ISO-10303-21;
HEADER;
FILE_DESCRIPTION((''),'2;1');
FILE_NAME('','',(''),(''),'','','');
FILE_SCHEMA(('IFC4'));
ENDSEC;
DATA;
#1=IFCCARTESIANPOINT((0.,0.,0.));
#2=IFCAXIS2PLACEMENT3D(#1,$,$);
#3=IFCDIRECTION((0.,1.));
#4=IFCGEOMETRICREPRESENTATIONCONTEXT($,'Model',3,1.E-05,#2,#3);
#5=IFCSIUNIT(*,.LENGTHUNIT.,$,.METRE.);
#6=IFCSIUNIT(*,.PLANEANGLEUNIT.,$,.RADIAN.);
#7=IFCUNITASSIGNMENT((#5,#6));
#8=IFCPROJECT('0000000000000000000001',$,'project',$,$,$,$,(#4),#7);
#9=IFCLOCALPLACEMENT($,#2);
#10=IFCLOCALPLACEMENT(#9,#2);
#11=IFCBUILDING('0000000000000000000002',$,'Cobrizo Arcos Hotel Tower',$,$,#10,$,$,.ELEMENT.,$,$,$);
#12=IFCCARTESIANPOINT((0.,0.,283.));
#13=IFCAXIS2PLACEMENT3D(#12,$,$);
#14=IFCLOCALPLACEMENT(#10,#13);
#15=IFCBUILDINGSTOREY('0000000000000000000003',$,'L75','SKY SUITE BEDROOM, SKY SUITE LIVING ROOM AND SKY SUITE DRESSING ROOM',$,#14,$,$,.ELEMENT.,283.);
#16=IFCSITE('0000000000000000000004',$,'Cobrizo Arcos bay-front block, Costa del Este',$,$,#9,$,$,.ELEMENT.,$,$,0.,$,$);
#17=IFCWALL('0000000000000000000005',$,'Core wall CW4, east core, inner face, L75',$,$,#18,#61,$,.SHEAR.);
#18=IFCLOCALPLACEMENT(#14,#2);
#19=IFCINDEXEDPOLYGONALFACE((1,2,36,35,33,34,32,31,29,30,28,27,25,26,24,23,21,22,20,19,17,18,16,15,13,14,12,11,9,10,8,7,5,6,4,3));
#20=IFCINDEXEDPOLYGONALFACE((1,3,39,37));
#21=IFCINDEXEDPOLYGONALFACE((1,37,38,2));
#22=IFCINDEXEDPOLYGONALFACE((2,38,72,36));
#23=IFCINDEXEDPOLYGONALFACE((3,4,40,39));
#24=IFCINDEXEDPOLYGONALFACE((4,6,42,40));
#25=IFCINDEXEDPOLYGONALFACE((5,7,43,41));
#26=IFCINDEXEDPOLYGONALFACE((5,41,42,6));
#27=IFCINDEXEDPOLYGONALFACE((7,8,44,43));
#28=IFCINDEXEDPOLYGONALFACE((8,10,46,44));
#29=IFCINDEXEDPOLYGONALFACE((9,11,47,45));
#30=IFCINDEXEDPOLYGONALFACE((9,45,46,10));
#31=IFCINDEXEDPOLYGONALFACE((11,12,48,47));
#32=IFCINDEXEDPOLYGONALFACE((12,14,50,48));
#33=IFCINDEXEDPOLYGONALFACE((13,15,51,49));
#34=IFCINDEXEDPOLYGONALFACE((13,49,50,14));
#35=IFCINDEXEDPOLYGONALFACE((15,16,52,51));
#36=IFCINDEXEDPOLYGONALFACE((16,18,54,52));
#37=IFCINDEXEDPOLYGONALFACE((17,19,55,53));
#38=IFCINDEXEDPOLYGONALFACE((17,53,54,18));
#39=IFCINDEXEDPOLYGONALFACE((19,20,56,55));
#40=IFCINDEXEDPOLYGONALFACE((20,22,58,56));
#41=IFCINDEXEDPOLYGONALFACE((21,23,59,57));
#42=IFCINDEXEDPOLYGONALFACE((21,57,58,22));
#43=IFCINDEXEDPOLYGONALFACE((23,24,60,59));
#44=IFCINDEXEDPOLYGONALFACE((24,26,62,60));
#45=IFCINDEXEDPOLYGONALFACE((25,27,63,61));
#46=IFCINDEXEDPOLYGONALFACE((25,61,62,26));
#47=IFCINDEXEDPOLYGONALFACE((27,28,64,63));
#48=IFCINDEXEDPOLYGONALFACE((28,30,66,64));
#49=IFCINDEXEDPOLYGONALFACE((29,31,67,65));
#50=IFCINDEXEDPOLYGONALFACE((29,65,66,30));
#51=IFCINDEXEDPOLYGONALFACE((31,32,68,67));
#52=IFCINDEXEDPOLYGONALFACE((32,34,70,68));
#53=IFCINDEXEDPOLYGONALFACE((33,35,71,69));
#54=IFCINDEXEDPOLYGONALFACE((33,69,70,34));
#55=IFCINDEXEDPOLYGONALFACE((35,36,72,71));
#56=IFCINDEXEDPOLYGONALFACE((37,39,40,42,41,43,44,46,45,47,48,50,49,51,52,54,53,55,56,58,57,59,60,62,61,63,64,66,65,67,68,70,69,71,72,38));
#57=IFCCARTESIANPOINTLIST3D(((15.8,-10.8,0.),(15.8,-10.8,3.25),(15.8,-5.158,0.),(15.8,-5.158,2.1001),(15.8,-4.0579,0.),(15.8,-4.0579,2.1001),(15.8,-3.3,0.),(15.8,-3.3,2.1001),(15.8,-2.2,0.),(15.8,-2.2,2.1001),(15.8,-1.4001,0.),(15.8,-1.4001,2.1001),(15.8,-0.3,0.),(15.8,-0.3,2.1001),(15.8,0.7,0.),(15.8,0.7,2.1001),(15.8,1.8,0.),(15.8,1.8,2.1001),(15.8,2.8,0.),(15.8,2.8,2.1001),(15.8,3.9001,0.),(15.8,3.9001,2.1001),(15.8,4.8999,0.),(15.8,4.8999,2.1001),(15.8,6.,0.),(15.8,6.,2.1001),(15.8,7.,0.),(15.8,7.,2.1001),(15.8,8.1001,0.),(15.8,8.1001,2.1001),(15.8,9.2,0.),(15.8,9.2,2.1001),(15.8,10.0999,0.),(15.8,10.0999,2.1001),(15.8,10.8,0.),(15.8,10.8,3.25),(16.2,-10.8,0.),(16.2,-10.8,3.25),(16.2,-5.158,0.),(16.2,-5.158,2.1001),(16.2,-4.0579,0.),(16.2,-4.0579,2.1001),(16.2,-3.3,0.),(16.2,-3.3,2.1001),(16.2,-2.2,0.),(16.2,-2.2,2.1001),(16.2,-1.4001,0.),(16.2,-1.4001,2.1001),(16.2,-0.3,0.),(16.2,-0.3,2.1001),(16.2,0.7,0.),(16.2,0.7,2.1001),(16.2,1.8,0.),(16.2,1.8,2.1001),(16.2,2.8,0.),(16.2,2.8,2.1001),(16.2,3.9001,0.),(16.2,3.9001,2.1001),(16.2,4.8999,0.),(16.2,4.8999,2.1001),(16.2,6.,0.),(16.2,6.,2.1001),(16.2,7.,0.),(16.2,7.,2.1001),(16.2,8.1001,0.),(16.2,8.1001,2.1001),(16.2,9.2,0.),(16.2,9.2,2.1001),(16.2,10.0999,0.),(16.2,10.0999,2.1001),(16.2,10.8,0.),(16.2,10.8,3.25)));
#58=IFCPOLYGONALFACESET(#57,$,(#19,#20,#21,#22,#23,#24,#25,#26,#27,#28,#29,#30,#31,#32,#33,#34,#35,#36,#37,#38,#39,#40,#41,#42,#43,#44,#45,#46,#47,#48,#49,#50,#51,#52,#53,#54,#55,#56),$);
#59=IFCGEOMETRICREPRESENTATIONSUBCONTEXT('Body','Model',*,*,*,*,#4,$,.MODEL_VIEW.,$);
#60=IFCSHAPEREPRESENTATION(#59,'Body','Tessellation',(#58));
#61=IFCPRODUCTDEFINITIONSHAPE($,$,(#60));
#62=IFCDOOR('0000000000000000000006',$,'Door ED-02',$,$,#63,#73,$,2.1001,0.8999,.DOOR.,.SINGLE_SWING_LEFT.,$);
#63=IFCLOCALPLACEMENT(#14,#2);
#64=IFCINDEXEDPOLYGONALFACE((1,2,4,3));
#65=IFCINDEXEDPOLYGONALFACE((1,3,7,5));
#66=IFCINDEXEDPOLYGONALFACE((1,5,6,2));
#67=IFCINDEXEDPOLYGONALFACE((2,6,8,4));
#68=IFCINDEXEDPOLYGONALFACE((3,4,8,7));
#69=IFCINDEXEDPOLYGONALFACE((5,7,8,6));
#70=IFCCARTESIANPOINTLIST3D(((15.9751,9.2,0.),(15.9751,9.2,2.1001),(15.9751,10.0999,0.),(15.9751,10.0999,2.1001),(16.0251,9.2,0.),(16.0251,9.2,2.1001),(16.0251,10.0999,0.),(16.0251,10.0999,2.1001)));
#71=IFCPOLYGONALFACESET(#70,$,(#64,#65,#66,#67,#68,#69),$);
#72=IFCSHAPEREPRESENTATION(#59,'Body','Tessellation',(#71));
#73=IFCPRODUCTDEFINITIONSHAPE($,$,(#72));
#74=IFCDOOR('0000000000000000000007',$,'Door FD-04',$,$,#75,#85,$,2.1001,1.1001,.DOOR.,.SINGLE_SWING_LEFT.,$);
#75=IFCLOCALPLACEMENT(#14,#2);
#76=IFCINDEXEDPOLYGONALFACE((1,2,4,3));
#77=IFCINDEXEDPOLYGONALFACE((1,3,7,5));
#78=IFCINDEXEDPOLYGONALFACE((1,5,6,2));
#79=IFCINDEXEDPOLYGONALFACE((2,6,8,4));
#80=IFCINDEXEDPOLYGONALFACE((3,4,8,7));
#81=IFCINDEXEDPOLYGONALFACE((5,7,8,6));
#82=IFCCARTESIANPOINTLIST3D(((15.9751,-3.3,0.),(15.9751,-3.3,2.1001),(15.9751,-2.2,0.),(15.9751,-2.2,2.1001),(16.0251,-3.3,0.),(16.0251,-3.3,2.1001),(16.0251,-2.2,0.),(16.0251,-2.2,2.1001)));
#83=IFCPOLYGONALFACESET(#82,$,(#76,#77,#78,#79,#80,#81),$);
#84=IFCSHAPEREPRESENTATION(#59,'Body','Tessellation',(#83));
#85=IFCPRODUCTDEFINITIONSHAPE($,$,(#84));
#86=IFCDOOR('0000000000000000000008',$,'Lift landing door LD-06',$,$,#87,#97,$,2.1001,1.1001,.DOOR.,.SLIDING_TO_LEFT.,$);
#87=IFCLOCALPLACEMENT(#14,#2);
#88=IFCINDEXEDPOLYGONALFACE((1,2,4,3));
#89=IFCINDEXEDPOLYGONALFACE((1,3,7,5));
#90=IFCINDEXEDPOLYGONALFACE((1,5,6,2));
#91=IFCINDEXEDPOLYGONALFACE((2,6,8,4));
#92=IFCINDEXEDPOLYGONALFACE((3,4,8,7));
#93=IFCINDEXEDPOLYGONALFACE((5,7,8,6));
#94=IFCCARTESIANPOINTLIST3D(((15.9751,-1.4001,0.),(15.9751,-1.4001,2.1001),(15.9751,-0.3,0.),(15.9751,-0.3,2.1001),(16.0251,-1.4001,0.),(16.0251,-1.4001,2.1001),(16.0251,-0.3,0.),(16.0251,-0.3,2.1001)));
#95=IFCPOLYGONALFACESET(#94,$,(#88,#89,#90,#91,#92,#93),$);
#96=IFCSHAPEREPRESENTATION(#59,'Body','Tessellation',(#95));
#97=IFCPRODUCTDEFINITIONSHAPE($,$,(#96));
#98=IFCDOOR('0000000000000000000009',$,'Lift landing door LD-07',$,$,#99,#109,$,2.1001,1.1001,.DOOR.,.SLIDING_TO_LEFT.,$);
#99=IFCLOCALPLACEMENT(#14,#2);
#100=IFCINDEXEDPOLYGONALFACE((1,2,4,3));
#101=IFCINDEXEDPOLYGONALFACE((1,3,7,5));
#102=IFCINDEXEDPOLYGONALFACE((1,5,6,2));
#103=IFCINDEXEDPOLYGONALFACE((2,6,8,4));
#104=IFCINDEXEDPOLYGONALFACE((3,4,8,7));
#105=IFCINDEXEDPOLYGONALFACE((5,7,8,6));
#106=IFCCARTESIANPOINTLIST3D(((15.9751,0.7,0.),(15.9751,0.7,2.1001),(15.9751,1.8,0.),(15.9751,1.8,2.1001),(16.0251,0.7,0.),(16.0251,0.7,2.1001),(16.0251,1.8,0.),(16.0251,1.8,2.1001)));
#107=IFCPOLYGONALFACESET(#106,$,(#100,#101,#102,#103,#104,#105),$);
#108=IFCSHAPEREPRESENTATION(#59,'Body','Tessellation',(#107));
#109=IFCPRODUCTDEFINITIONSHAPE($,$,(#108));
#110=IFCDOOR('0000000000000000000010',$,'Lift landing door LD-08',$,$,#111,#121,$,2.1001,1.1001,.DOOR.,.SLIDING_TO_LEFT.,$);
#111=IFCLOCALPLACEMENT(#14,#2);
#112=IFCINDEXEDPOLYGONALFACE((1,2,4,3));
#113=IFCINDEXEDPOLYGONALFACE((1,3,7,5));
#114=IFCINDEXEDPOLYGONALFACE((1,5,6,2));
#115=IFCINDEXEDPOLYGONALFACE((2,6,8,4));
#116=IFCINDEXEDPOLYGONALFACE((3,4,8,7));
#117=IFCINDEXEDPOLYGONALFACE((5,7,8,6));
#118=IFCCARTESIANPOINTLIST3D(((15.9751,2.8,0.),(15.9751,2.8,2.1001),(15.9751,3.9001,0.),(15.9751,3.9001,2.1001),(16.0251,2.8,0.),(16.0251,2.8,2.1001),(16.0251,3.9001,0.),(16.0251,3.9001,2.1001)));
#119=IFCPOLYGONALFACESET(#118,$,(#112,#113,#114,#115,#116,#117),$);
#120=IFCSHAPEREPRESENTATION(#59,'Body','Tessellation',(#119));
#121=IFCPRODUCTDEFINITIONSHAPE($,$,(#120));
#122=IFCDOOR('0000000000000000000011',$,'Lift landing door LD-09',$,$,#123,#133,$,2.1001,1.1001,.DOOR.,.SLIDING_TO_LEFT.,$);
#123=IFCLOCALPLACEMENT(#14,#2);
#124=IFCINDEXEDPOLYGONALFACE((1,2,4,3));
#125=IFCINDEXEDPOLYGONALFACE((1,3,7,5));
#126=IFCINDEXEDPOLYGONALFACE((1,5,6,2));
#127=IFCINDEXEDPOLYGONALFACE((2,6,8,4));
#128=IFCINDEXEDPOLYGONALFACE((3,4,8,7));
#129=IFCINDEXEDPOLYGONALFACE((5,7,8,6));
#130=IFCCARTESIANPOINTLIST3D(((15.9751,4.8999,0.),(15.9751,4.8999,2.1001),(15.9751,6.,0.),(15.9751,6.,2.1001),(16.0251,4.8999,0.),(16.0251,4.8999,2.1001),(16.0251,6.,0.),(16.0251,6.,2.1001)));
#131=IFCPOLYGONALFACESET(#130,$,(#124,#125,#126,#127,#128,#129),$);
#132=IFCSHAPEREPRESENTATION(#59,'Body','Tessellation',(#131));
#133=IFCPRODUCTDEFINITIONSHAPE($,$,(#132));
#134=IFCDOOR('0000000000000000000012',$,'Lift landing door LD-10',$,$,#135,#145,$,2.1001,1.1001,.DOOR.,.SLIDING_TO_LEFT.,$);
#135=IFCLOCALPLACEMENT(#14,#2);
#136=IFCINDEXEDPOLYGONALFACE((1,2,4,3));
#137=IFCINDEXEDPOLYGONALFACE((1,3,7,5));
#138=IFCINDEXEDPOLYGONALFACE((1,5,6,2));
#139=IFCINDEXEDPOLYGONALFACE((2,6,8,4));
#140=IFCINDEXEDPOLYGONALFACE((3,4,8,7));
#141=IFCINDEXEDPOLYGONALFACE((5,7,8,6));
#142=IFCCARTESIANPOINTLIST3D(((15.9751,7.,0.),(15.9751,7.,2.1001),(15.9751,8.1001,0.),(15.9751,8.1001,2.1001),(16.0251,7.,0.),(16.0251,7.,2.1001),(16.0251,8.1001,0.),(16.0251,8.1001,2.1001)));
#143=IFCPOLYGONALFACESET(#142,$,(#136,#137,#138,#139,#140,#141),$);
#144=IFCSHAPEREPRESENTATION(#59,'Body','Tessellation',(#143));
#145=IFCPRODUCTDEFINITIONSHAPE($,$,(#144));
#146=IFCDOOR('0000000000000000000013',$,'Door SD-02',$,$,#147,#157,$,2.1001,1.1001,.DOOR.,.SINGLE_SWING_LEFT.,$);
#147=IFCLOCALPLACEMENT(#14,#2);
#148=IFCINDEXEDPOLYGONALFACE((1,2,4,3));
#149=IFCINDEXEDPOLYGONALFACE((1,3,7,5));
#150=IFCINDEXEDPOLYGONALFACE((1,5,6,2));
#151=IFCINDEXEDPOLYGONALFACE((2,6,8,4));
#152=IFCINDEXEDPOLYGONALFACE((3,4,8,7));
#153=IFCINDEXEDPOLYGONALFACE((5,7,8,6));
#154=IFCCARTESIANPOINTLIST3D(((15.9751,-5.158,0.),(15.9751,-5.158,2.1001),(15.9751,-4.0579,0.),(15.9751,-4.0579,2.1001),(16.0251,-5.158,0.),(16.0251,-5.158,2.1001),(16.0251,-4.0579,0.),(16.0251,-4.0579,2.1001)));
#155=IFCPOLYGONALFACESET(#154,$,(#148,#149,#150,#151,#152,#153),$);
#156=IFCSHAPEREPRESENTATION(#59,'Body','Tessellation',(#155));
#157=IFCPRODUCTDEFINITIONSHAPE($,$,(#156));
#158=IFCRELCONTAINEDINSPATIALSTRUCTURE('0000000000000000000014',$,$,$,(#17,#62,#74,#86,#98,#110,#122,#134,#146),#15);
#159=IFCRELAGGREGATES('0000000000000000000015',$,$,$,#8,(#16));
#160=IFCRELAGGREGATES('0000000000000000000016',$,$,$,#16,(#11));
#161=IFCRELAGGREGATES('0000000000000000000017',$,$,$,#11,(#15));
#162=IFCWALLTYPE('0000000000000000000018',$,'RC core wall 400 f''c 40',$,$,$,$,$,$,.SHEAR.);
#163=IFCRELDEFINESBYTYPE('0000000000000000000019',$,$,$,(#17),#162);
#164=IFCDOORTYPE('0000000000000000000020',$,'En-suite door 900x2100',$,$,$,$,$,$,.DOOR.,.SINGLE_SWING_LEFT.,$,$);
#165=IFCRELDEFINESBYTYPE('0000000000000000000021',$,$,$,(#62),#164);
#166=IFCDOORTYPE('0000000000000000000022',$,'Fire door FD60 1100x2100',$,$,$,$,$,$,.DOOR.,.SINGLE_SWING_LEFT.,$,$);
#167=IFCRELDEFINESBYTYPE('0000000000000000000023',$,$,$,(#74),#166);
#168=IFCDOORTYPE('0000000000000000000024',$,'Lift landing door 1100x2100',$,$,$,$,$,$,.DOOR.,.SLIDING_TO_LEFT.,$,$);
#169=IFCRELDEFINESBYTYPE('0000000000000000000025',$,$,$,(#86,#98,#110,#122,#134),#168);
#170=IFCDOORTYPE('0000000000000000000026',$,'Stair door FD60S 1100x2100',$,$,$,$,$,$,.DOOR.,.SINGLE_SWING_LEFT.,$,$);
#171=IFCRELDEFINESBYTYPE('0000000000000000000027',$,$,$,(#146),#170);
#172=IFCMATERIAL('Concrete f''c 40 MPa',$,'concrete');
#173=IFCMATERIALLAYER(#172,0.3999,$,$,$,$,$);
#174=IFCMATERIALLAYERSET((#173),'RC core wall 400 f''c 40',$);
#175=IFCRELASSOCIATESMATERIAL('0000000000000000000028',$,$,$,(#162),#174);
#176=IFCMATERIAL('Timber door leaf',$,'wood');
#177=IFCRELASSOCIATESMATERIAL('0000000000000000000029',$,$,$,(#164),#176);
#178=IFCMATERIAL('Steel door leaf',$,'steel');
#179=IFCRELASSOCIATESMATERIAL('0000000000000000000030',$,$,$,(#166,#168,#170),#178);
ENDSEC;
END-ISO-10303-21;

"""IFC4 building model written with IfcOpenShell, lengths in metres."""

from ifc_helpers import new_model, si_unit, direction, frame, frame_2d, origin, place, context, subcontext, project, spatial, rectangle, extrude, material, layer, layer_set, type_object, element, fill, save


model = new_model("IFC4")

# Units and contexts
model_context = context("Model", 3, precision=1e-05, world=origin(), true_north=direction((0.0, 1.0)))
body_context = subcontext(model_context, "Body", "Model", "MODEL_VIEW")
ifc_project = project(units=[si_unit("LENGTHUNIT", "METRE"), si_unit("PLANEANGLEUNIT", "RADIAN")], contexts=[model_context])

# Site, building, storey
site_placement = place(None, origin())
site = spatial("IfcSite", under=ifc_project, at=site_placement, Name="Cobrizo Arcos bay-front block, Costa del Este", CompositionType="ELEMENT", RefElevation=0.0)
building_placement = place(site_placement, origin())
building = spatial("IfcBuilding", under=site, at=building_placement, Name="Cobrizo Arcos Hotel Tower", CompositionType="ELEMENT")
storey_placement = place(building_placement, frame((0.0, 0.0, 283.0)))
storey = spatial("IfcBuildingStorey", under=building, at=storey_placement, Name="L75", Description="SKY SUITE BEDROOM, SKY SUITE LIVING ROOM AND SKY SUITE DRESSING ROOM", CompositionType="ELEMENT", Elevation=283.0)

# Shared definitions
ifc_material_1 = material(Name="Timber door leaf", Category="wood")

# Wall, openings, doors
ifc_material_2 = material(Name="Concrete f'c 40 MPa", Category="concrete")
ifc_layer_1 = layer(ifc_material_2, 0.3999)
ifc_layer_set_1 = layer_set([ifc_layer_1], Name="RC core wall 400 f'c 40")
wall_type_1 = type_object("IfcWallType", Name="RC core wall 400 f'c 40", PredefinedType="SHEAR", material=ifc_layer_set_1)
wall_1_placement = place(storey_placement, frame((16.0, -10.8, 0.0), z_axis=(0.0, 0.0, 1.0), x_axis=(0.0, 1.0, 0.0)))
wall_1 = element("IfcWall", 1, at=wall_1_placement, inside=storey, type_object=wall_type_1, Name="Core wall CW4, east core, inner face, L75", PredefinedType="SHEAR", context=body_context, shape_type="SweptSolid", body=[
    extrude(rectangle(XDim=21.6001, YDim=0.3999, at=frame_2d((10.8, 0.0))), origin(), (0.0, 0.0, 1.0), 3.25),
])
opening_1_placement = place(wall_1_placement, frame((9.3999, 0.0, 0.0)))
opening_1 = element("IfcOpeningElement", 2, at=opening_1_placement, cuts=wall_1, PredefinedType="OPENING", context=body_context, shape_type="SweptSolid", body=[
    extrude(rectangle(XDim=1.1001, YDim=2.1001, at=frame_2d((0.55, 1.05))), frame((0.0, 0.2119, 0.0), z_axis=(0.0, -1.0, 0.0), x_axis=(1.0, 0.0, 0.0)), (0.0, 0.0, 1.0), 0.4238),
])
opening_2_placement = place(wall_1_placement, frame((11.5, 0.0, 0.0)))
opening_2 = element("IfcOpeningElement", 3, at=opening_2_placement, cuts=wall_1, PredefinedType="OPENING", context=body_context, shape_type="SweptSolid", body=[
    extrude(rectangle(XDim=1.1001, YDim=2.1001, at=frame_2d((0.55, 1.05))), frame((0.0, 0.2119, 0.0), z_axis=(0.0, -1.0, 0.0), x_axis=(1.0, 0.0, 0.0)), (0.0, 0.0, 1.0), 0.4238),
])
opening_3_placement = place(wall_1_placement, frame((13.6001, 0.0, 0.0)))
opening_3 = element("IfcOpeningElement", 4, at=opening_3_placement, cuts=wall_1, PredefinedType="OPENING", context=body_context, shape_type="SweptSolid", body=[
    extrude(rectangle(XDim=1.1001, YDim=2.1001, at=frame_2d((0.55, 1.05))), frame((0.0, 0.2119, 0.0), z_axis=(0.0, -1.0, 0.0), x_axis=(1.0, 0.0, 0.0)), (0.0, 0.0, 1.0), 0.4238),
])
opening_4_placement = place(wall_1_placement, frame((15.7, 0.0, 0.0)))
opening_4 = element("IfcOpeningElement", 5, at=opening_4_placement, cuts=wall_1, PredefinedType="OPENING", context=body_context, shape_type="SweptSolid", body=[
    extrude(rectangle(XDim=1.1001, YDim=2.1001, at=frame_2d((0.55, 1.05))), frame((0.0, 0.2119, 0.0), z_axis=(0.0, -1.0, 0.0), x_axis=(1.0, 0.0, 0.0)), (0.0, 0.0, 1.0), 0.4238),
])
opening_5_placement = place(wall_1_placement, frame((17.8, 0.0, 0.0)))
opening_5 = element("IfcOpeningElement", 6, at=opening_5_placement, cuts=wall_1, PredefinedType="OPENING", context=body_context, shape_type="SweptSolid", body=[
    extrude(rectangle(XDim=1.1001, YDim=2.1001, at=frame_2d((0.55, 1.05))), frame((0.0, 0.2119, 0.0), z_axis=(0.0, -1.0, 0.0), x_axis=(1.0, 0.0, 0.0)), (0.0, 0.0, 1.0), 0.4238),
])
opening_6_placement = place(wall_1_placement, frame((5.6421, 0.0, 0.0)))
opening_6 = element("IfcOpeningElement", 7, at=opening_6_placement, cuts=wall_1, PredefinedType="OPENING", context=body_context, shape_type="SweptSolid", body=[
    extrude(rectangle(XDim=1.1001, YDim=2.1001, at=frame_2d((0.55, 1.05))), frame((0.0, 0.2119, 0.0), z_axis=(0.0, -1.0, 0.0), x_axis=(1.0, 0.0, 0.0)), (0.0, 0.0, 1.0), 0.4238),
])
opening_7_placement = place(wall_1_placement, frame((7.5, 0.0, 0.0)))
opening_7 = element("IfcOpeningElement", 8, at=opening_7_placement, cuts=wall_1, PredefinedType="OPENING", context=body_context, shape_type="SweptSolid", body=[
    extrude(rectangle(XDim=1.1001, YDim=2.1001, at=frame_2d((0.55, 1.05))), frame((0.0, 0.2119, 0.0), z_axis=(0.0, -1.0, 0.0), x_axis=(1.0, 0.0, 0.0)), (0.0, 0.0, 1.0), 0.4238),
])
opening_8_placement = place(wall_1_placement, frame((20.0, 0.0, 0.0)))
opening_8 = element("IfcOpeningElement", 9, at=opening_8_placement, cuts=wall_1, PredefinedType="OPENING", context=body_context, shape_type="SweptSolid", body=[
    extrude(rectangle(XDim=0.8999, YDim=2.1001, at=frame_2d((0.45, 1.05))), frame((0.0, 0.2119, 0.0), z_axis=(0.0, -1.0, 0.0), x_axis=(1.0, 0.0, 0.0)), (0.0, 0.0, 1.0), 0.4238),
])
door_type_1 = type_object("IfcDoorType", Name="En-suite door 900x2100", OperationType="SINGLE_SWING_LEFT", PredefinedType="DOOR", material=ifc_material_1)
door_1_placement = place(opening_8_placement, origin())
door_1 = element("IfcDoor", 10, at=door_1_placement, inside=storey, type_object=door_type_1, Name="Door ED-02", OperationType="SINGLE_SWING_LEFT", OverallHeight=2.1001, OverallWidth=0.8999, PredefinedType="DOOR", context=body_context, shape_type="SweptSolid", body=[
    extrude(rectangle(XDim=0.8999, YDim=2.1001, at=frame_2d((0.45, 1.05))), frame((0.0, 0.0249, 0.0), z_axis=(0.0, -1.0, 0.0), x_axis=(1.0, 0.0, 0.0)), (0.0, 0.0, 1.0), 0.05),
])
fill(opening_8, door_1)
ifc_material_3 = material(Name="Steel door leaf", Category="steel")
door_type_2 = type_object("IfcDoorType", Name="Fire door FD60 1100x2100", OperationType="SINGLE_SWING_LEFT", PredefinedType="DOOR", material=ifc_material_3)
door_2_placement = place(opening_7_placement, origin())
door_2 = element("IfcDoor", 11, at=door_2_placement, inside=storey, type_object=door_type_2, Name="Door FD-04", OperationType="SINGLE_SWING_LEFT", OverallHeight=2.1001, OverallWidth=1.1001, PredefinedType="DOOR", context=body_context, shape_type="SweptSolid", body=[
    extrude(rectangle(XDim=1.1001, YDim=2.1001, at=frame_2d((0.55, 1.05))), frame((0.0, 0.0249, 0.0), z_axis=(0.0, -1.0, 0.0), x_axis=(1.0, 0.0, 0.0)), (0.0, 0.0, 1.0), 0.05),
])
fill(opening_7, door_2)
door_type_3 = type_object("IfcDoorType", Name="Lift landing door 1100x2100", OperationType="SLIDING_TO_LEFT", PredefinedType="DOOR", material=ifc_material_3)
door_3_placement = place(opening_1_placement, origin())
door_3 = element("IfcDoor", 12, at=door_3_placement, inside=storey, type_object=door_type_3, Name="Lift landing door LD-06", OperationType="SLIDING_TO_LEFT", OverallHeight=2.1001, OverallWidth=1.1001, PredefinedType="DOOR", context=body_context, shape_type="SweptSolid", body=[
    extrude(rectangle(XDim=1.1001, YDim=2.1001, at=frame_2d((0.55, 1.05))), frame((0.0, 0.0249, 0.0), z_axis=(0.0, -1.0, 0.0), x_axis=(1.0, 0.0, 0.0)), (0.0, 0.0, 1.0), 0.05),
])
fill(opening_1, door_3)
door_4_placement = place(opening_2_placement, origin())
door_4 = element("IfcDoor", 13, at=door_4_placement, inside=storey, type_object=door_type_3, Name="Lift landing door LD-07", OperationType="SLIDING_TO_LEFT", OverallHeight=2.1001, OverallWidth=1.1001, PredefinedType="DOOR", context=body_context, shape_type="SweptSolid", body=[
    extrude(rectangle(XDim=1.1001, YDim=2.1001, at=frame_2d((0.55, 1.05))), frame((0.0, 0.0249, 0.0), z_axis=(0.0, -1.0, 0.0), x_axis=(1.0, 0.0, 0.0)), (0.0, 0.0, 1.0), 0.05),
])
fill(opening_2, door_4)
door_5_placement = place(opening_3_placement, origin())
door_5 = element("IfcDoor", 14, at=door_5_placement, inside=storey, type_object=door_type_3, Name="Lift landing door LD-08", OperationType="SLIDING_TO_LEFT", OverallHeight=2.1001, OverallWidth=1.1001, PredefinedType="DOOR", context=body_context, shape_type="SweptSolid", body=[
    extrude(rectangle(XDim=1.1001, YDim=2.1001, at=frame_2d((0.55, 1.05))), frame((0.0, 0.0249, 0.0), z_axis=(0.0, -1.0, 0.0), x_axis=(1.0, 0.0, 0.0)), (0.0, 0.0, 1.0), 0.05),
])
fill(opening_3, door_5)
door_6_placement = place(opening_4_placement, origin())
door_6 = element("IfcDoor", 15, at=door_6_placement, inside=storey, type_object=door_type_3, Name="Lift landing door LD-09", OperationType="SLIDING_TO_LEFT", OverallHeight=2.1001, OverallWidth=1.1001, PredefinedType="DOOR", context=body_context, shape_type="SweptSolid", body=[
    extrude(rectangle(XDim=1.1001, YDim=2.1001, at=frame_2d((0.55, 1.05))), frame((0.0, 0.0249, 0.0), z_axis=(0.0, -1.0, 0.0), x_axis=(1.0, 0.0, 0.0)), (0.0, 0.0, 1.0), 0.05),
])
fill(opening_4, door_6)
door_7_placement = place(opening_5_placement, origin())
door_7 = element("IfcDoor", 16, at=door_7_placement, inside=storey, type_object=door_type_3, Name="Lift landing door LD-10", OperationType="SLIDING_TO_LEFT", OverallHeight=2.1001, OverallWidth=1.1001, PredefinedType="DOOR", context=body_context, shape_type="SweptSolid", body=[
    extrude(rectangle(XDim=1.1001, YDim=2.1001, at=frame_2d((0.55, 1.05))), frame((0.0, 0.0249, 0.0), z_axis=(0.0, -1.0, 0.0), x_axis=(1.0, 0.0, 0.0)), (0.0, 0.0, 1.0), 0.05),
])
fill(opening_5, door_7)
door_type_4 = type_object("IfcDoorType", Name="Stair door FD60S 1100x2100", OperationType="SINGLE_SWING_LEFT", PredefinedType="DOOR", material=ifc_material_3)
door_8_placement = place(opening_6_placement, origin())
door_8 = element("IfcDoor", 17, at=door_8_placement, inside=storey, type_object=door_type_4, Name="Door SD-02", OperationType="SINGLE_SWING_LEFT", OverallHeight=2.1001, OverallWidth=1.1001, PredefinedType="DOOR", context=body_context, shape_type="SweptSolid", body=[
    extrude(rectangle(XDim=1.1001, YDim=2.1001, at=frame_2d((0.55, 1.05))), frame((0.0, 0.0249, 0.0), z_axis=(0.0, -1.0, 0.0), x_axis=(1.0, 0.0, 0.0)), (0.0, 0.0, 1.0), 0.05),
])
fill(opening_6, door_8)

save(model, "model.ifc")
